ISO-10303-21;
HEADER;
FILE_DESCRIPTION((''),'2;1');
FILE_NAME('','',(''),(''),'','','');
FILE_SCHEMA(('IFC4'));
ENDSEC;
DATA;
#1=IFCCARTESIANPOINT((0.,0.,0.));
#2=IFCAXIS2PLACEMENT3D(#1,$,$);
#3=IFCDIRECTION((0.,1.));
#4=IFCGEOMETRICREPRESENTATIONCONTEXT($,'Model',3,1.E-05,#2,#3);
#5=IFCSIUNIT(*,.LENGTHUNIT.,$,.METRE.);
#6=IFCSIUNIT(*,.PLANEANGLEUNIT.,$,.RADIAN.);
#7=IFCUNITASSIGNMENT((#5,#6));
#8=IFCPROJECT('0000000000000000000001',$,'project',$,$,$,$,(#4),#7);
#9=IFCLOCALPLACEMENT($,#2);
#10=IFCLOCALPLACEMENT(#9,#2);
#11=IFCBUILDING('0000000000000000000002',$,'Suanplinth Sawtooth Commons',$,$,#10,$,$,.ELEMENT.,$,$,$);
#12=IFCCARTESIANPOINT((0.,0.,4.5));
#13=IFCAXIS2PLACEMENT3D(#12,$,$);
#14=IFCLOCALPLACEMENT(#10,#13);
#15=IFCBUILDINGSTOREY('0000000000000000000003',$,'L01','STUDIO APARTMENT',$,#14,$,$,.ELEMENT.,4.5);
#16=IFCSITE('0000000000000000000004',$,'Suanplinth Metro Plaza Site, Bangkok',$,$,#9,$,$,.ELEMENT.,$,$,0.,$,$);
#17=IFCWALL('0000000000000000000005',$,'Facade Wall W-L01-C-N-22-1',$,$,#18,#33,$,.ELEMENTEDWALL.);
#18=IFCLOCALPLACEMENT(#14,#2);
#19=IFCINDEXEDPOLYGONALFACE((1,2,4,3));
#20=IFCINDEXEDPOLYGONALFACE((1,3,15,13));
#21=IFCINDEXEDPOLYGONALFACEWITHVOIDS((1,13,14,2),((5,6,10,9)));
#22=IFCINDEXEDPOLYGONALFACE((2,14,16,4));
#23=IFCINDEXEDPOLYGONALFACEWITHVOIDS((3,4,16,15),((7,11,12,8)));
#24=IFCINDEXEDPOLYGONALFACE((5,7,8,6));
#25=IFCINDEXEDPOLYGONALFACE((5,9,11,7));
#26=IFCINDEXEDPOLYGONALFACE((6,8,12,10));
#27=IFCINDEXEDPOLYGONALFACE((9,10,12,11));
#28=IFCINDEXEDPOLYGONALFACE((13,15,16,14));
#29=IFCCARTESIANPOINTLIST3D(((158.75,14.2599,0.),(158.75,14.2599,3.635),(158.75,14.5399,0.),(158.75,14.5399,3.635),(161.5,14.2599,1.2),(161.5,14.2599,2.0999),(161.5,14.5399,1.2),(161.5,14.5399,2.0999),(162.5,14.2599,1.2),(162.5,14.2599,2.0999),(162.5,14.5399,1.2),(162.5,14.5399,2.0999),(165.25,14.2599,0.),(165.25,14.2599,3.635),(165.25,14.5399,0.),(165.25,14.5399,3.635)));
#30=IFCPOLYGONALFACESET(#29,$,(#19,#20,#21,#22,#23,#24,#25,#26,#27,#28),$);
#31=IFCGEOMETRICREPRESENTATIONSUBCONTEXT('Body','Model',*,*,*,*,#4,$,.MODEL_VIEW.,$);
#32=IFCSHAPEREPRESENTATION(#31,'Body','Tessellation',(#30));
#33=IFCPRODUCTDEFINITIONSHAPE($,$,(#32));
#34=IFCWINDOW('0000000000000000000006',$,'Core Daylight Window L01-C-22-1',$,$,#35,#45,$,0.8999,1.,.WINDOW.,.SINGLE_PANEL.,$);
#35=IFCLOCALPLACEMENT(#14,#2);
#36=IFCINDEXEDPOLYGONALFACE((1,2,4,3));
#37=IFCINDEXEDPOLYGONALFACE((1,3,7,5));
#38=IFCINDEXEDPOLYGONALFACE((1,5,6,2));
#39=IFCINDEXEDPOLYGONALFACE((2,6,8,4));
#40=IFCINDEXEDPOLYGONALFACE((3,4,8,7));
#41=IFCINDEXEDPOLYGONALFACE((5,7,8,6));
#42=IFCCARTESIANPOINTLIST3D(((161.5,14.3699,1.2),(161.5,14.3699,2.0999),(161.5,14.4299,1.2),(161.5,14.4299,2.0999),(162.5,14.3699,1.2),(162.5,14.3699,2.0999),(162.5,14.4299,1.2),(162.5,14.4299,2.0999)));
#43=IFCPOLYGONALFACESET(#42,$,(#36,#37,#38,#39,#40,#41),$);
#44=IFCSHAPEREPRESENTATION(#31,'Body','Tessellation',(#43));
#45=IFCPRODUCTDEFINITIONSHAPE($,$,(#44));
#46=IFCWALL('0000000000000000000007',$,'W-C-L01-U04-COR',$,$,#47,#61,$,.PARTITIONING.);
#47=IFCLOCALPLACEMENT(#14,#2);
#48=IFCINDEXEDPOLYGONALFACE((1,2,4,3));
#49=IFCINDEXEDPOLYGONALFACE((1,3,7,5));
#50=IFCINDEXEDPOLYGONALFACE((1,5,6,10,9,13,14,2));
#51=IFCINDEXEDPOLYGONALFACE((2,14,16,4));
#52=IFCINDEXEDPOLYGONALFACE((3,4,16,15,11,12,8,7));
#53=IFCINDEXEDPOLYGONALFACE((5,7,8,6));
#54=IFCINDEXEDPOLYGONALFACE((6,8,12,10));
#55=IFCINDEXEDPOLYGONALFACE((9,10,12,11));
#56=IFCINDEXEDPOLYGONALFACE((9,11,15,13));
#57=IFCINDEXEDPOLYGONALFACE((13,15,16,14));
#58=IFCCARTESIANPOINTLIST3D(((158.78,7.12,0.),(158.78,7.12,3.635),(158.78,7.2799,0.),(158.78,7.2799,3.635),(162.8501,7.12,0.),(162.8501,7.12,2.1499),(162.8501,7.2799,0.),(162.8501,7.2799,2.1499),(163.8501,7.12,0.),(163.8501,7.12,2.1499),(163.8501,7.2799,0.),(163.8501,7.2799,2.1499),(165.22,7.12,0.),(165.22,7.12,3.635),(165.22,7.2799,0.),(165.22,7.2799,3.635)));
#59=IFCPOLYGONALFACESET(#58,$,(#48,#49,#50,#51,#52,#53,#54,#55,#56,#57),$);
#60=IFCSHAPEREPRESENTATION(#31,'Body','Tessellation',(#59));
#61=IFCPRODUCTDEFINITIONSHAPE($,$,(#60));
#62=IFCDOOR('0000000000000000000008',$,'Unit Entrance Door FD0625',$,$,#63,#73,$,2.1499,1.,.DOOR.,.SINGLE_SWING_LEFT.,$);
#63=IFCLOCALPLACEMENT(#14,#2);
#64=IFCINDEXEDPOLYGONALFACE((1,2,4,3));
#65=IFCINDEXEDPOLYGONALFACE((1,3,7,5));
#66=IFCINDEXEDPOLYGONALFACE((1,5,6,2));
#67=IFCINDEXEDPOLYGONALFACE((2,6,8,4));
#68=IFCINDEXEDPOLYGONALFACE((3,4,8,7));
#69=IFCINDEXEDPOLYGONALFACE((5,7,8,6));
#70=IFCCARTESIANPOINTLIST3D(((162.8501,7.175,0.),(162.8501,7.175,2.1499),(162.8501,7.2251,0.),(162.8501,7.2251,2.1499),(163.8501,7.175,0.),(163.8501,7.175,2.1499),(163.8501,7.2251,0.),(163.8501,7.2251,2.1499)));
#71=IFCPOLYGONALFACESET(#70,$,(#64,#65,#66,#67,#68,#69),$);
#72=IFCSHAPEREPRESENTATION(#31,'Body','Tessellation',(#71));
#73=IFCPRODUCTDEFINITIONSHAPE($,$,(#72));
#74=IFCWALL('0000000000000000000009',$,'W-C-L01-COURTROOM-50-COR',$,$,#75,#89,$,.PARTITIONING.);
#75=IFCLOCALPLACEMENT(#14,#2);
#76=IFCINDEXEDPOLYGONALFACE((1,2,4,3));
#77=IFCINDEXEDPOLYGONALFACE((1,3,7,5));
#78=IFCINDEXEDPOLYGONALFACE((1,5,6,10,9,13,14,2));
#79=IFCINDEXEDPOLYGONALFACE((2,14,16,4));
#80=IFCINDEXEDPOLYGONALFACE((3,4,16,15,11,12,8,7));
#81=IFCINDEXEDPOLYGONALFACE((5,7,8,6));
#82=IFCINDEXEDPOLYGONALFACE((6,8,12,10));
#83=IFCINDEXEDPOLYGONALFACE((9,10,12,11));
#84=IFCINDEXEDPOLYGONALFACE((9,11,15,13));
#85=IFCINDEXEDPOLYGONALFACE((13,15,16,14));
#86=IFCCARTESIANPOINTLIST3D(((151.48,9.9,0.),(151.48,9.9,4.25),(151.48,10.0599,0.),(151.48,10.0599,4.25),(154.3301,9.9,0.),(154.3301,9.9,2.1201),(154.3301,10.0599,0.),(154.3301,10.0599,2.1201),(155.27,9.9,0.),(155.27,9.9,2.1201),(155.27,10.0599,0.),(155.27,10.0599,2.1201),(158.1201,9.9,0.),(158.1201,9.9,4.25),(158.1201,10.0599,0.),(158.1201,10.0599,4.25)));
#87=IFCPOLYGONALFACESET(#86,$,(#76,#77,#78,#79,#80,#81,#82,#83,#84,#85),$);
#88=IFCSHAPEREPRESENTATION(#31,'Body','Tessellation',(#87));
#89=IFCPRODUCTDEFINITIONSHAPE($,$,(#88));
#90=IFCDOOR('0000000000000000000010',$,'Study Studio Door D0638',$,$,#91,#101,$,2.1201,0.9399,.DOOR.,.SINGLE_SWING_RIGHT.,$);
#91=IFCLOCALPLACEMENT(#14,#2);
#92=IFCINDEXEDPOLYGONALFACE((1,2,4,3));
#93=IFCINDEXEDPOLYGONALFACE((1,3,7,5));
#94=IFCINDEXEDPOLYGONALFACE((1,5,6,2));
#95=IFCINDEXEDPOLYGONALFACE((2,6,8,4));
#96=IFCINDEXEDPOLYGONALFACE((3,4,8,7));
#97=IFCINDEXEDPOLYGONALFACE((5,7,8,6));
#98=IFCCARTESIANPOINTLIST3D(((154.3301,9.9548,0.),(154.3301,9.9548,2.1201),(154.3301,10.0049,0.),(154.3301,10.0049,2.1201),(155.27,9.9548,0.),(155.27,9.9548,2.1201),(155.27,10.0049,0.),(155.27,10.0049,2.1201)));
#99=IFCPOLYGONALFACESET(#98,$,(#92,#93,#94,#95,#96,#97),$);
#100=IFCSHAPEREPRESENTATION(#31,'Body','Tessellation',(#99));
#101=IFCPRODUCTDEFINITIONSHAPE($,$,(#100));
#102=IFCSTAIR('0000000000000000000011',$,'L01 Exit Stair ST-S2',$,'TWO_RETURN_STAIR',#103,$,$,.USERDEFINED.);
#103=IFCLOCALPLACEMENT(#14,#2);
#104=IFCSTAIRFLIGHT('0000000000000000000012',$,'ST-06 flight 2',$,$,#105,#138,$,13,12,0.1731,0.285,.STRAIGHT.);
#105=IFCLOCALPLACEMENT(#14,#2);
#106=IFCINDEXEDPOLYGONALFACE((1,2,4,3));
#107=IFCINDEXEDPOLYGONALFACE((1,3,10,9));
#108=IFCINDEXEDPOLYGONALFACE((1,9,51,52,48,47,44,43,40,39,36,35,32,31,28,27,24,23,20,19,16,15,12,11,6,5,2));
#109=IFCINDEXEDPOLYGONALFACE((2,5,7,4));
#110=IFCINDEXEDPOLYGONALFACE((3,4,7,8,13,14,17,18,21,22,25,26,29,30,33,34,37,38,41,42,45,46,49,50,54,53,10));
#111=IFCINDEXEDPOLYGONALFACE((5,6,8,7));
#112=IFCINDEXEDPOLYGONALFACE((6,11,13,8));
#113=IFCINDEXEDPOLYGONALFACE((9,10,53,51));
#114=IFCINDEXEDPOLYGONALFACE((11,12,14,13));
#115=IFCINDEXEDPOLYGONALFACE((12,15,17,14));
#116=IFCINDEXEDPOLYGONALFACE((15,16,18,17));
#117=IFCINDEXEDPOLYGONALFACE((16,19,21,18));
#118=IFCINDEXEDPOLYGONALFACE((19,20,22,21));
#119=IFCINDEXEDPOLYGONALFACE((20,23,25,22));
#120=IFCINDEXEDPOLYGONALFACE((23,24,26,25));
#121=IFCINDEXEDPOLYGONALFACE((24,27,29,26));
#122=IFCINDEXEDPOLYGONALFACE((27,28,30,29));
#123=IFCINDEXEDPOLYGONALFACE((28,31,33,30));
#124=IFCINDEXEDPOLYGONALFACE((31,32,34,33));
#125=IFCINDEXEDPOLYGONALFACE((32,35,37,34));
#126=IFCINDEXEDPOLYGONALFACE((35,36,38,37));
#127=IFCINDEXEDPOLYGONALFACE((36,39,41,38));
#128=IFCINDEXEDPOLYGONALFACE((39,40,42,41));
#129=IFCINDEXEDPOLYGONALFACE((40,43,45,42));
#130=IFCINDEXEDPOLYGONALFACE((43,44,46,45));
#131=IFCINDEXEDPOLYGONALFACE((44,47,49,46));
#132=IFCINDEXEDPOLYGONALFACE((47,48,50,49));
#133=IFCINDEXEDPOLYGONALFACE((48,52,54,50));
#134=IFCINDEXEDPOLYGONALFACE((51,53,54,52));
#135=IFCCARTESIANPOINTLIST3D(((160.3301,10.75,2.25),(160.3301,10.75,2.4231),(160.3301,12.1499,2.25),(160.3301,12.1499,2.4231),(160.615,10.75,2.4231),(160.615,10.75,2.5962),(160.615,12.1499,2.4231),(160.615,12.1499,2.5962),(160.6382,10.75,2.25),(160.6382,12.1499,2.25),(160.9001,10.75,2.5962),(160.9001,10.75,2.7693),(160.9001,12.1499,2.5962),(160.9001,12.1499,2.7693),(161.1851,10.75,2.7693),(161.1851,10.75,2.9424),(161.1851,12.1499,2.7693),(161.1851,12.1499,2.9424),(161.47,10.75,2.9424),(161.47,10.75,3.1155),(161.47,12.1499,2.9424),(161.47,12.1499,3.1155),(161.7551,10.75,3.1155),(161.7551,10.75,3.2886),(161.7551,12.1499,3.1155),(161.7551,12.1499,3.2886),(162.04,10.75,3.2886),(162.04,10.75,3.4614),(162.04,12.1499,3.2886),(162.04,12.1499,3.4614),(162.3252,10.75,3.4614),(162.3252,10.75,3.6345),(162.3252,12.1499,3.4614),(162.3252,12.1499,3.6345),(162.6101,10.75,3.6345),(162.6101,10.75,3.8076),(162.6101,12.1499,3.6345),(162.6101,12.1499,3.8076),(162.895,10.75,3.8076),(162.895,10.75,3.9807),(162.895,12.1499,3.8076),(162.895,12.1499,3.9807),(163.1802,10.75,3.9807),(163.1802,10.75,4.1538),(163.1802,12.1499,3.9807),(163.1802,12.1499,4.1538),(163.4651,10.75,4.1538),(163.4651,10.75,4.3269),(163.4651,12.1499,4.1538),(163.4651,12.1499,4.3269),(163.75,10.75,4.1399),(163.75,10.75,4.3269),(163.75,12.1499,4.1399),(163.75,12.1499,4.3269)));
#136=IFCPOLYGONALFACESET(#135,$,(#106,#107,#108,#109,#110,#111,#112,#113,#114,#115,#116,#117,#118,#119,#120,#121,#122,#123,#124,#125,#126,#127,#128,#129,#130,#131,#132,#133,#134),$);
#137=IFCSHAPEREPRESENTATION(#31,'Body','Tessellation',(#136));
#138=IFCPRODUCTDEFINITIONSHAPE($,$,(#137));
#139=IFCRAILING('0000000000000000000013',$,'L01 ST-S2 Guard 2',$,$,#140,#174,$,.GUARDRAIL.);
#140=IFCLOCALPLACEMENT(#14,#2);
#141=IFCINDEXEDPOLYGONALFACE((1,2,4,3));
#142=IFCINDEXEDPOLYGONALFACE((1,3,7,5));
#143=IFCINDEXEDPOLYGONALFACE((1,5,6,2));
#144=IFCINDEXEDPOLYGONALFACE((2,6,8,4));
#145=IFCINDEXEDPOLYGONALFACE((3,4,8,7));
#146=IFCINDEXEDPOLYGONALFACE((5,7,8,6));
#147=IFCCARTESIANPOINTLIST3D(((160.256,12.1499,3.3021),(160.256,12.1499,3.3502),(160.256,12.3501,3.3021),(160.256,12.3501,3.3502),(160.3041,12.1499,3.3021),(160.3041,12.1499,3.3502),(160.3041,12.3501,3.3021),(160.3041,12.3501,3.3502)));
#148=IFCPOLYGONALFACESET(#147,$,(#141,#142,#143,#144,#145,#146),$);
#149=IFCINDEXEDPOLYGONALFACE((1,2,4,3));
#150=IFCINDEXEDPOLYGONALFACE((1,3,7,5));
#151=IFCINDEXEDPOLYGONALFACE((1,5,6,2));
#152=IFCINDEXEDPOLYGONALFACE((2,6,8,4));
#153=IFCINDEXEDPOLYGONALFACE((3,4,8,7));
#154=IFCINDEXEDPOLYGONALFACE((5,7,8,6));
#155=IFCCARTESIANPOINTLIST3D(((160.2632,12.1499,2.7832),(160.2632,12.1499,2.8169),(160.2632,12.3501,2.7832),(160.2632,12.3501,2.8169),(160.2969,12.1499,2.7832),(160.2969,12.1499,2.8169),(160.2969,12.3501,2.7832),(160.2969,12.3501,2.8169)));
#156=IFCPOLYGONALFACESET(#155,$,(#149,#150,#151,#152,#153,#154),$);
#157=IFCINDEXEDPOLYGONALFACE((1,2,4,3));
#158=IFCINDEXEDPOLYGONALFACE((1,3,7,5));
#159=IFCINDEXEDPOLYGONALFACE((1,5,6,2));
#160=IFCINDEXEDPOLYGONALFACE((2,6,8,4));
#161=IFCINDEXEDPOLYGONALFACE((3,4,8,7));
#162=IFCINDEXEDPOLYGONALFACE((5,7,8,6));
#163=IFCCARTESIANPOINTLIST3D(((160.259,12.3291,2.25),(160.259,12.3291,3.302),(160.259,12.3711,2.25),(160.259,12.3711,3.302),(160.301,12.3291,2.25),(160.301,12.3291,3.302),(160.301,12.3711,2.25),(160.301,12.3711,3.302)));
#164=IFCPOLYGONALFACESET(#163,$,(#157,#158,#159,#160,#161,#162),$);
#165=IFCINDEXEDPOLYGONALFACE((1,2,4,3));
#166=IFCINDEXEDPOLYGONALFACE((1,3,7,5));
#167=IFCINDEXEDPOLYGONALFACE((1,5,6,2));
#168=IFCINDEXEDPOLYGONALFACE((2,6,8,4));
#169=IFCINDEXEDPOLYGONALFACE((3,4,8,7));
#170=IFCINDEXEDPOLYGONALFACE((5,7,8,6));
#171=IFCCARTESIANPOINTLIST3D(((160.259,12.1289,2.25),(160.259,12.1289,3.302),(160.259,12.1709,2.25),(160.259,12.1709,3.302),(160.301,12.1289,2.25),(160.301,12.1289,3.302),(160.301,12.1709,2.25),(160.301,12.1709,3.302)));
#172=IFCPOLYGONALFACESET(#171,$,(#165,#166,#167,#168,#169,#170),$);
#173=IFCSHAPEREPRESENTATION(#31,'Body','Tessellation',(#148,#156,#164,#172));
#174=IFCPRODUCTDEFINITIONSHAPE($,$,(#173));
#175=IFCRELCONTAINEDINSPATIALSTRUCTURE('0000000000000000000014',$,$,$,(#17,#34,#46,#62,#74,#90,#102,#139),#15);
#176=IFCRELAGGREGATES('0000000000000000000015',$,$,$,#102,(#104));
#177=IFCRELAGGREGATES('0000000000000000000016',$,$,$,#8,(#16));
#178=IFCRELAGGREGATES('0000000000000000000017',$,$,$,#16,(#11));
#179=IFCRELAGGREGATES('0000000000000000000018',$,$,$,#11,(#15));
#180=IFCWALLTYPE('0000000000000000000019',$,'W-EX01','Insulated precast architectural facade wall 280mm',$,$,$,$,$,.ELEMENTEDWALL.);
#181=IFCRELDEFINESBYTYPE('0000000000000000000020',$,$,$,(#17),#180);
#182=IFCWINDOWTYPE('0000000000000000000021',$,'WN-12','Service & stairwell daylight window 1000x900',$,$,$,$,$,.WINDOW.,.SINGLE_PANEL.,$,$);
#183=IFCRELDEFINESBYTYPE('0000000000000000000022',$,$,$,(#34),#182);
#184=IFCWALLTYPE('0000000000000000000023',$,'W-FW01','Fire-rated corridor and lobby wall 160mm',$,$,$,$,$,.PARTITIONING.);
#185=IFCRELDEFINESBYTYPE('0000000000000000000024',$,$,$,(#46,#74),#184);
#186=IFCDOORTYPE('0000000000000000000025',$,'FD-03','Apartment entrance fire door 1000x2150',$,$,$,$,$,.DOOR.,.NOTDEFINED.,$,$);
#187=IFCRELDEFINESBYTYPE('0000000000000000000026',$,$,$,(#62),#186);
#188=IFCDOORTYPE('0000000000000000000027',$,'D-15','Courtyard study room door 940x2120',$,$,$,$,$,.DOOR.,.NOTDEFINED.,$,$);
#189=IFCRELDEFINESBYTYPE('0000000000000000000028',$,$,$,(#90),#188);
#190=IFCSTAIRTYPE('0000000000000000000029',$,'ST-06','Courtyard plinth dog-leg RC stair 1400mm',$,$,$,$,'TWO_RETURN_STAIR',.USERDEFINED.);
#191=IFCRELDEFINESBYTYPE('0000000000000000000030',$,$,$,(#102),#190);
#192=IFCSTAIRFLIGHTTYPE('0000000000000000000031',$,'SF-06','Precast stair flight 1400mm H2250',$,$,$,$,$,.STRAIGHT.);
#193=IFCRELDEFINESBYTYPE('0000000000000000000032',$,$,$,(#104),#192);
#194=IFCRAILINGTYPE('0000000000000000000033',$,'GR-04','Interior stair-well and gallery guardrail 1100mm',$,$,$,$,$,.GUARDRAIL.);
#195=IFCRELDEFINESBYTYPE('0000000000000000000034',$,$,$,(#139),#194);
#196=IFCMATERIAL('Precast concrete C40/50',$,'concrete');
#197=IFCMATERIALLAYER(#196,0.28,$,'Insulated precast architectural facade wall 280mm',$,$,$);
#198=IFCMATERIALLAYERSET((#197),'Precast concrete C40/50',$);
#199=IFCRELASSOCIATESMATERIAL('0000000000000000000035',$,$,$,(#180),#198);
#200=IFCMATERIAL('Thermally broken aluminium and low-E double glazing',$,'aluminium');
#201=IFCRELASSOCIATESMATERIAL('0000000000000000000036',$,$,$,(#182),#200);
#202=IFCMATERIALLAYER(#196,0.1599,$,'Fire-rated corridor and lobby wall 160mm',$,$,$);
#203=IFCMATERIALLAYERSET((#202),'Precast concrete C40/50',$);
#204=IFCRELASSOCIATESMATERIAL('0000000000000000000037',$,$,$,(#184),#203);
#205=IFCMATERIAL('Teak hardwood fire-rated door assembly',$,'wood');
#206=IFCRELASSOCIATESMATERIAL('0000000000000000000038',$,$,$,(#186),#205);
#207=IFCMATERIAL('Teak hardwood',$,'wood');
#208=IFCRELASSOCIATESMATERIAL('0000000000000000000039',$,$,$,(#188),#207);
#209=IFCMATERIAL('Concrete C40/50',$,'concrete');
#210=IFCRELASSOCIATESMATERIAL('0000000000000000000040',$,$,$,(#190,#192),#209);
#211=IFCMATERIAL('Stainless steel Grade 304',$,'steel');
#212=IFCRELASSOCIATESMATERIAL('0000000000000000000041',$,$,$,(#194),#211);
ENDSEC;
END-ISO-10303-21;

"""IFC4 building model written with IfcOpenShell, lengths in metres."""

from ifc_helpers import new_model, si_unit, direction, frame, frame_2d, origin, origin_2d, place, context, subcontext, project, spatial, polyline, rectangle, outline, extrude, material, layer, layer_set, type_object, element, fill, aggregate, save


model = new_model("IFC4")

# Units and contexts
model_context = context("Model", 3, precision=1e-05, world=origin(), true_north=direction((0.0, 1.0)))
body_context = subcontext(model_context, "Body", "Model", "MODEL_VIEW")
ifc_project = project(units=[si_unit("LENGTHUNIT", "METRE"), si_unit("PLANEANGLEUNIT", "RADIAN")], contexts=[model_context])

# Site, building, storey
site_placement = place(None, origin())
site = spatial("IfcSite", under=ifc_project, at=site_placement, Name="Suanplinth Metro Plaza Site, Bangkok", CompositionType="ELEMENT", RefElevation=0.0)
building_placement = place(site_placement, origin())
building = spatial("IfcBuilding", under=site, at=building_placement, Name="Suanplinth Sawtooth Commons", CompositionType="ELEMENT")
storey_placement = place(building_placement, frame((0.0, 0.0, 4.5)))
storey = spatial("IfcBuildingStorey", under=building, at=storey_placement, Name="L01", Description="STUDIO APARTMENT", CompositionType="ELEMENT", Elevation=4.5)

# Shared definitions
ifc_material_1 = material(Name="Concrete C40/50", Category="concrete")

# Shared definitions
ifc_material_2 = material(Name="Precast concrete C40/50", Category="concrete")

# Shared definitions
ifc_material_3 = material(Name="Teak hardwood fire-rated door assembly", Category="wood")

# Shared definitions
ifc_layer_1 = layer(ifc_material_2, 0.28, Name="Insulated precast architectural facade wall 280mm")
ifc_layer_set_1 = layer_set([ifc_layer_1], Name="Precast concrete C40/50")
wall_type_1 = type_object("IfcWallType", Name="W-EX01", Description="Insulated precast architectural facade wall 280mm", PredefinedType="ELEMENTEDWALL", material=ifc_layer_set_1)
ifc_material_4 = material(Name="Thermally broken aluminium and low-E double glazing", Category="aluminium")

# Wall, opening, window
wall_1_placement = place(storey_placement, frame((158.75, 14.3999, 0.0), z_axis=(0.0, 0.0, 1.0), x_axis=(1.0, 0.0, 0.0)))
wall_1 = element("IfcWall", 1, at=wall_1_placement, inside=storey, type_object=wall_type_1, Name="Facade Wall W-L01-C-N-22-1", PredefinedType="ELEMENTEDWALL", context=body_context, shape_type="SweptSolid", body=[
    extrude(rectangle(XDim=6.5, YDim=0.28, at=frame_2d((3.25, 0.0))), origin(), (0.0, 0.0, 1.0), 3.635),
])
opening_1_placement = place(wall_1_placement, frame((2.75, 0.0, 1.2)))
opening_1 = element("IfcOpeningElement", 2, at=opening_1_placement, cuts=wall_1, PredefinedType="OPENING", context=body_context, shape_type="SweptSolid", body=[
    extrude(rectangle(XDim=1.0, YDim=0.8999, at=frame_2d((0.5, 0.45))), frame((0.0, 0.1548, 0.0), z_axis=(0.0, -1.0, 0.0), x_axis=(1.0, 0.0, 0.0)), (0.0, 0.0, 1.0), 0.3098),
])
window_type_1 = type_object("IfcWindowType", Name="WN-12", Description="Service & stairwell daylight window 1000x900", PartitioningType="SINGLE_PANEL", PredefinedType="WINDOW", material=ifc_material_4)
window_1_placement = place(opening_1_placement, origin())
window_1 = element("IfcWindow", 3, at=window_1_placement, inside=storey, type_object=window_type_1, Name="Core Daylight Window L01-C-22-1", OverallHeight=0.8999, OverallWidth=1.0, PartitioningType="SINGLE_PANEL", PredefinedType="WINDOW", context=body_context, shape_type="SweptSolid", body=[
    extrude(rectangle(XDim=1.0, YDim=0.8999, at=frame_2d((0.5, 0.45))), frame((0.0, 0.03, 0.0), z_axis=(0.0, -1.0, 0.0), x_axis=(1.0, 0.0, 0.0)), (0.0, 0.0, 1.0), 0.0601),
])
fill(opening_1, window_1)

# Walls, openings, doors
ifc_layer_2 = layer(ifc_material_2, 0.1599, Name="Fire-rated corridor and lobby wall 160mm")
ifc_layer_set_2 = layer_set([ifc_layer_2], Name="Precast concrete C40/50")
wall_type_2 = type_object("IfcWallType", Name="W-FW01", Description="Fire-rated corridor and lobby wall 160mm", PredefinedType="PARTITIONING", material=ifc_layer_set_2)
wall_2_placement = place(storey_placement, frame((158.78, 7.2, 0.0), z_axis=(0.0, 0.0, 1.0), x_axis=(1.0, 0.0, 0.0)))
wall_2 = element("IfcWall", 4, at=wall_2_placement, inside=storey, type_object=wall_type_2, Name="W-C-L01-U04-COR", PredefinedType="PARTITIONING", context=body_context, shape_type="SweptSolid", body=[
    extrude(rectangle(XDim=6.4399, YDim=0.1599, at=frame_2d((3.22, 0.0))), origin(), (0.0, 0.0, 1.0), 3.635),
])
opening_2_placement = place(wall_2_placement, frame((4.0701, 0.0, 0.0)))
opening_2 = element("IfcOpeningElement", 5, at=opening_2_placement, cuts=wall_2, PredefinedType="OPENING", context=body_context, shape_type="SweptSolid", body=[
    extrude(rectangle(XDim=1.0, YDim=2.1499, at=frame_2d((0.5, 1.075))), frame((0.0, 0.0947, 0.0), z_axis=(0.0, -1.0, 0.0), x_axis=(1.0, 0.0, 0.0)), (0.0, 0.0, 1.0), 0.1897),
])
door_type_1 = type_object("IfcDoorType", Name="FD-03", Description="Apartment entrance fire door 1000x2150", OperationType="NOTDEFINED", PredefinedType="DOOR", material=ifc_material_3)
door_1_placement = place(opening_2_placement, frame((1.0, 0.0, 0.0), z_axis=(0.0, 0.0, 1.0), x_axis=(-1.0, 0.0, 0.0)))
door_1 = element("IfcDoor", 6, at=door_1_placement, inside=storey, type_object=door_type_1, Name="Unit Entrance Door FD0625", OperationType="SINGLE_SWING_LEFT", OverallHeight=2.1499, OverallWidth=1.0, PredefinedType="DOOR", context=body_context, shape_type="SweptSolid", body=[
    extrude(rectangle(XDim=1.0, YDim=2.1499, at=frame_2d((0.5, 1.075))), frame((0.0, 0.0249, 0.0), z_axis=(0.0, -1.0, 0.0), x_axis=(1.0, 0.0, 0.0)), (0.0, 0.0, 1.0), 0.05),
])
fill(opening_2, door_1)
wall_3_placement = place(storey_placement, frame((151.48, 9.98, 0.0), z_axis=(0.0, 0.0, 1.0), x_axis=(1.0, 0.0, 0.0)))
wall_3 = element("IfcWall", 7, at=wall_3_placement, inside=storey, type_object=wall_type_2, Name="W-C-L01-COURTROOM-50-COR", PredefinedType="PARTITIONING", context=body_context, shape_type="SweptSolid", body=[
    extrude(rectangle(XDim=6.6401, YDim=0.1599, at=frame_2d((3.3201, 0.0))), origin(), (0.0, 0.0, 1.0), 4.25),
])
opening_3_placement = place(wall_3_placement, frame((2.8501, 0.0, 0.0)))
opening_3 = element("IfcOpeningElement", 8, at=opening_3_placement, cuts=wall_3, PredefinedType="OPENING", context=body_context, shape_type="SweptSolid", body=[
    extrude(rectangle(XDim=0.9399, YDim=2.1201, at=frame_2d((0.47, 1.0601))), frame((0.0, 0.0947, 0.0), z_axis=(0.0, -1.0, 0.0), x_axis=(1.0, 0.0, 0.0)), (0.0, 0.0, 1.0), 0.1897),
])
ifc_material_5 = material(Name="Teak hardwood", Category="wood")
door_type_2 = type_object("IfcDoorType", Name="D-15", Description="Courtyard study room door 940x2120", OperationType="NOTDEFINED", PredefinedType="DOOR", material=ifc_material_5)
door_2_placement = place(opening_3_placement, origin())
door_2 = element("IfcDoor", 9, at=door_2_placement, inside=storey, type_object=door_type_2, Name="Study Studio Door D0638", OperationType="SINGLE_SWING_RIGHT", OverallHeight=2.1201, OverallWidth=0.9399, PredefinedType="DOOR", context=body_context, shape_type="SweptSolid", body=[
    extrude(rectangle(XDim=0.9399, YDim=2.1201, at=frame_2d((0.47, 1.0601))), frame((0.0, 0.0249, 0.0), z_axis=(0.0, -1.0, 0.0), x_axis=(1.0, 0.0, 0.0)), (0.0, 0.0, 1.0), 0.05),
])
fill(opening_3, door_2)

# Stair, stair flight
stair_type = type_object("IfcStairType", Name="ST-06", Description="Courtyard plinth dog-leg RC stair 1400mm", ElementType="TWO_RETURN_STAIR", PredefinedType="USERDEFINED", material=ifc_material_1)
stair_placement = place(storey_placement, origin())
stair = element("IfcStair", 10, at=stair_placement, inside=storey, type_object=stair_type, Name="L01 Exit Stair ST-S2", ObjectType="TWO_RETURN_STAIR", PredefinedType="USERDEFINED")
stair_flight_type = type_object("IfcStairFlightType", Name="SF-06", Description="Precast stair flight 1400mm H2250", PredefinedType="STRAIGHT", material=ifc_material_1)
stair_flight_placement = place(storey_placement, frame((160.3301, 11.45, 2.25), z_axis=(0.0, 0.0, 1.0), x_axis=(1.0, 0.0, 0.0)))
stair_flight = element("IfcStairFlight", 11, at=stair_flight_placement, type_object=stair_flight_type, Name="ST-06 flight 2", NumberOfRisers=13, NumberOfTreads=12, PredefinedType="STRAIGHT", RiserHeight=0.1731, TreadLength=0.285, context=body_context, shape_type="SweptSolid", body=[
    extrude(outline(polyline([(0.0, 0.0), (0.0, 0.1731), (0.2849, 0.1731), (0.2849, 0.3462), (0.5701, 0.3462), (0.5701, 0.5193), (0.855, 0.5193), (0.855, 0.6924), (1.1399, 0.6924), (1.1399, 0.8655), (1.425, 0.8655), (1.425, 1.0386), (1.71, 1.0386), (1.71, 1.2114), (1.9951, 1.2114), (1.9951, 1.3845), (2.28, 1.3845), (2.28, 1.5576), (2.5649, 1.5576), (2.5649, 1.7307), (2.8501, 1.7307), (2.8501, 1.9038), (3.135, 1.9038), (3.135, 2.0769), (3.4199, 2.0769), (3.4199, 2.25), (3.4199, 1.8899), (0.3081, 0.0), (0.0, 0.0)])), frame((0.0, 0.7, 0.0), z_axis=(0.0, -1.0, 0.0), x_axis=(1.0, 0.0, 0.0)), (0.0, 0.0, 1.0), 1.3999),
])
aggregate(stair, [stair_flight])

# Railing
ifc_material_6 = material(Name="Stainless steel Grade 304", Category="steel")
railing_type_1 = type_object("IfcRailingType", Name="GR-04", Description="Interior stair-well and gallery guardrail 1100mm", PredefinedType="GUARDRAIL", material=ifc_material_6)
railing_1_placement = place(storey_placement, frame((160.28, 12.3501, 2.25)))
element("IfcRailing", 12, at=railing_1_placement, inside=storey, type_object=railing_type_1, Name="L01 ST-S2 Guard 2", PredefinedType="GUARDRAIL", context=body_context, shape_type="SweptSolid", body=[
    extrude(rectangle(XDim=0.0481, YDim=0.0481, at=origin_2d()), frame((0.0, 0.0, 1.0762), z_axis=(0.0, -1.0, 0.0), x_axis=(1.0, 0.0, 0.0)), (0.0, 0.0, 1.0), 0.2002),
    extrude(rectangle(XDim=0.0337, YDim=0.0337, at=origin_2d()), frame((0.0, 0.0, 0.55), z_axis=(0.0, -1.0, 0.0), x_axis=(1.0, 0.0, 0.0)), (0.0, 0.0, 1.0), 0.2002),
    extrude(rectangle(XDim=0.042, YDim=0.042, at=origin_2d()), origin(), (0.0, 0.0, 1.0), 1.052),
    extrude(rectangle(XDim=0.042, YDim=0.042, at=origin_2d()), frame((0.0, -0.2002, 0.0)), (0.0, 0.0, 1.0), 1.052),
])

save(model, "model.ifc")
